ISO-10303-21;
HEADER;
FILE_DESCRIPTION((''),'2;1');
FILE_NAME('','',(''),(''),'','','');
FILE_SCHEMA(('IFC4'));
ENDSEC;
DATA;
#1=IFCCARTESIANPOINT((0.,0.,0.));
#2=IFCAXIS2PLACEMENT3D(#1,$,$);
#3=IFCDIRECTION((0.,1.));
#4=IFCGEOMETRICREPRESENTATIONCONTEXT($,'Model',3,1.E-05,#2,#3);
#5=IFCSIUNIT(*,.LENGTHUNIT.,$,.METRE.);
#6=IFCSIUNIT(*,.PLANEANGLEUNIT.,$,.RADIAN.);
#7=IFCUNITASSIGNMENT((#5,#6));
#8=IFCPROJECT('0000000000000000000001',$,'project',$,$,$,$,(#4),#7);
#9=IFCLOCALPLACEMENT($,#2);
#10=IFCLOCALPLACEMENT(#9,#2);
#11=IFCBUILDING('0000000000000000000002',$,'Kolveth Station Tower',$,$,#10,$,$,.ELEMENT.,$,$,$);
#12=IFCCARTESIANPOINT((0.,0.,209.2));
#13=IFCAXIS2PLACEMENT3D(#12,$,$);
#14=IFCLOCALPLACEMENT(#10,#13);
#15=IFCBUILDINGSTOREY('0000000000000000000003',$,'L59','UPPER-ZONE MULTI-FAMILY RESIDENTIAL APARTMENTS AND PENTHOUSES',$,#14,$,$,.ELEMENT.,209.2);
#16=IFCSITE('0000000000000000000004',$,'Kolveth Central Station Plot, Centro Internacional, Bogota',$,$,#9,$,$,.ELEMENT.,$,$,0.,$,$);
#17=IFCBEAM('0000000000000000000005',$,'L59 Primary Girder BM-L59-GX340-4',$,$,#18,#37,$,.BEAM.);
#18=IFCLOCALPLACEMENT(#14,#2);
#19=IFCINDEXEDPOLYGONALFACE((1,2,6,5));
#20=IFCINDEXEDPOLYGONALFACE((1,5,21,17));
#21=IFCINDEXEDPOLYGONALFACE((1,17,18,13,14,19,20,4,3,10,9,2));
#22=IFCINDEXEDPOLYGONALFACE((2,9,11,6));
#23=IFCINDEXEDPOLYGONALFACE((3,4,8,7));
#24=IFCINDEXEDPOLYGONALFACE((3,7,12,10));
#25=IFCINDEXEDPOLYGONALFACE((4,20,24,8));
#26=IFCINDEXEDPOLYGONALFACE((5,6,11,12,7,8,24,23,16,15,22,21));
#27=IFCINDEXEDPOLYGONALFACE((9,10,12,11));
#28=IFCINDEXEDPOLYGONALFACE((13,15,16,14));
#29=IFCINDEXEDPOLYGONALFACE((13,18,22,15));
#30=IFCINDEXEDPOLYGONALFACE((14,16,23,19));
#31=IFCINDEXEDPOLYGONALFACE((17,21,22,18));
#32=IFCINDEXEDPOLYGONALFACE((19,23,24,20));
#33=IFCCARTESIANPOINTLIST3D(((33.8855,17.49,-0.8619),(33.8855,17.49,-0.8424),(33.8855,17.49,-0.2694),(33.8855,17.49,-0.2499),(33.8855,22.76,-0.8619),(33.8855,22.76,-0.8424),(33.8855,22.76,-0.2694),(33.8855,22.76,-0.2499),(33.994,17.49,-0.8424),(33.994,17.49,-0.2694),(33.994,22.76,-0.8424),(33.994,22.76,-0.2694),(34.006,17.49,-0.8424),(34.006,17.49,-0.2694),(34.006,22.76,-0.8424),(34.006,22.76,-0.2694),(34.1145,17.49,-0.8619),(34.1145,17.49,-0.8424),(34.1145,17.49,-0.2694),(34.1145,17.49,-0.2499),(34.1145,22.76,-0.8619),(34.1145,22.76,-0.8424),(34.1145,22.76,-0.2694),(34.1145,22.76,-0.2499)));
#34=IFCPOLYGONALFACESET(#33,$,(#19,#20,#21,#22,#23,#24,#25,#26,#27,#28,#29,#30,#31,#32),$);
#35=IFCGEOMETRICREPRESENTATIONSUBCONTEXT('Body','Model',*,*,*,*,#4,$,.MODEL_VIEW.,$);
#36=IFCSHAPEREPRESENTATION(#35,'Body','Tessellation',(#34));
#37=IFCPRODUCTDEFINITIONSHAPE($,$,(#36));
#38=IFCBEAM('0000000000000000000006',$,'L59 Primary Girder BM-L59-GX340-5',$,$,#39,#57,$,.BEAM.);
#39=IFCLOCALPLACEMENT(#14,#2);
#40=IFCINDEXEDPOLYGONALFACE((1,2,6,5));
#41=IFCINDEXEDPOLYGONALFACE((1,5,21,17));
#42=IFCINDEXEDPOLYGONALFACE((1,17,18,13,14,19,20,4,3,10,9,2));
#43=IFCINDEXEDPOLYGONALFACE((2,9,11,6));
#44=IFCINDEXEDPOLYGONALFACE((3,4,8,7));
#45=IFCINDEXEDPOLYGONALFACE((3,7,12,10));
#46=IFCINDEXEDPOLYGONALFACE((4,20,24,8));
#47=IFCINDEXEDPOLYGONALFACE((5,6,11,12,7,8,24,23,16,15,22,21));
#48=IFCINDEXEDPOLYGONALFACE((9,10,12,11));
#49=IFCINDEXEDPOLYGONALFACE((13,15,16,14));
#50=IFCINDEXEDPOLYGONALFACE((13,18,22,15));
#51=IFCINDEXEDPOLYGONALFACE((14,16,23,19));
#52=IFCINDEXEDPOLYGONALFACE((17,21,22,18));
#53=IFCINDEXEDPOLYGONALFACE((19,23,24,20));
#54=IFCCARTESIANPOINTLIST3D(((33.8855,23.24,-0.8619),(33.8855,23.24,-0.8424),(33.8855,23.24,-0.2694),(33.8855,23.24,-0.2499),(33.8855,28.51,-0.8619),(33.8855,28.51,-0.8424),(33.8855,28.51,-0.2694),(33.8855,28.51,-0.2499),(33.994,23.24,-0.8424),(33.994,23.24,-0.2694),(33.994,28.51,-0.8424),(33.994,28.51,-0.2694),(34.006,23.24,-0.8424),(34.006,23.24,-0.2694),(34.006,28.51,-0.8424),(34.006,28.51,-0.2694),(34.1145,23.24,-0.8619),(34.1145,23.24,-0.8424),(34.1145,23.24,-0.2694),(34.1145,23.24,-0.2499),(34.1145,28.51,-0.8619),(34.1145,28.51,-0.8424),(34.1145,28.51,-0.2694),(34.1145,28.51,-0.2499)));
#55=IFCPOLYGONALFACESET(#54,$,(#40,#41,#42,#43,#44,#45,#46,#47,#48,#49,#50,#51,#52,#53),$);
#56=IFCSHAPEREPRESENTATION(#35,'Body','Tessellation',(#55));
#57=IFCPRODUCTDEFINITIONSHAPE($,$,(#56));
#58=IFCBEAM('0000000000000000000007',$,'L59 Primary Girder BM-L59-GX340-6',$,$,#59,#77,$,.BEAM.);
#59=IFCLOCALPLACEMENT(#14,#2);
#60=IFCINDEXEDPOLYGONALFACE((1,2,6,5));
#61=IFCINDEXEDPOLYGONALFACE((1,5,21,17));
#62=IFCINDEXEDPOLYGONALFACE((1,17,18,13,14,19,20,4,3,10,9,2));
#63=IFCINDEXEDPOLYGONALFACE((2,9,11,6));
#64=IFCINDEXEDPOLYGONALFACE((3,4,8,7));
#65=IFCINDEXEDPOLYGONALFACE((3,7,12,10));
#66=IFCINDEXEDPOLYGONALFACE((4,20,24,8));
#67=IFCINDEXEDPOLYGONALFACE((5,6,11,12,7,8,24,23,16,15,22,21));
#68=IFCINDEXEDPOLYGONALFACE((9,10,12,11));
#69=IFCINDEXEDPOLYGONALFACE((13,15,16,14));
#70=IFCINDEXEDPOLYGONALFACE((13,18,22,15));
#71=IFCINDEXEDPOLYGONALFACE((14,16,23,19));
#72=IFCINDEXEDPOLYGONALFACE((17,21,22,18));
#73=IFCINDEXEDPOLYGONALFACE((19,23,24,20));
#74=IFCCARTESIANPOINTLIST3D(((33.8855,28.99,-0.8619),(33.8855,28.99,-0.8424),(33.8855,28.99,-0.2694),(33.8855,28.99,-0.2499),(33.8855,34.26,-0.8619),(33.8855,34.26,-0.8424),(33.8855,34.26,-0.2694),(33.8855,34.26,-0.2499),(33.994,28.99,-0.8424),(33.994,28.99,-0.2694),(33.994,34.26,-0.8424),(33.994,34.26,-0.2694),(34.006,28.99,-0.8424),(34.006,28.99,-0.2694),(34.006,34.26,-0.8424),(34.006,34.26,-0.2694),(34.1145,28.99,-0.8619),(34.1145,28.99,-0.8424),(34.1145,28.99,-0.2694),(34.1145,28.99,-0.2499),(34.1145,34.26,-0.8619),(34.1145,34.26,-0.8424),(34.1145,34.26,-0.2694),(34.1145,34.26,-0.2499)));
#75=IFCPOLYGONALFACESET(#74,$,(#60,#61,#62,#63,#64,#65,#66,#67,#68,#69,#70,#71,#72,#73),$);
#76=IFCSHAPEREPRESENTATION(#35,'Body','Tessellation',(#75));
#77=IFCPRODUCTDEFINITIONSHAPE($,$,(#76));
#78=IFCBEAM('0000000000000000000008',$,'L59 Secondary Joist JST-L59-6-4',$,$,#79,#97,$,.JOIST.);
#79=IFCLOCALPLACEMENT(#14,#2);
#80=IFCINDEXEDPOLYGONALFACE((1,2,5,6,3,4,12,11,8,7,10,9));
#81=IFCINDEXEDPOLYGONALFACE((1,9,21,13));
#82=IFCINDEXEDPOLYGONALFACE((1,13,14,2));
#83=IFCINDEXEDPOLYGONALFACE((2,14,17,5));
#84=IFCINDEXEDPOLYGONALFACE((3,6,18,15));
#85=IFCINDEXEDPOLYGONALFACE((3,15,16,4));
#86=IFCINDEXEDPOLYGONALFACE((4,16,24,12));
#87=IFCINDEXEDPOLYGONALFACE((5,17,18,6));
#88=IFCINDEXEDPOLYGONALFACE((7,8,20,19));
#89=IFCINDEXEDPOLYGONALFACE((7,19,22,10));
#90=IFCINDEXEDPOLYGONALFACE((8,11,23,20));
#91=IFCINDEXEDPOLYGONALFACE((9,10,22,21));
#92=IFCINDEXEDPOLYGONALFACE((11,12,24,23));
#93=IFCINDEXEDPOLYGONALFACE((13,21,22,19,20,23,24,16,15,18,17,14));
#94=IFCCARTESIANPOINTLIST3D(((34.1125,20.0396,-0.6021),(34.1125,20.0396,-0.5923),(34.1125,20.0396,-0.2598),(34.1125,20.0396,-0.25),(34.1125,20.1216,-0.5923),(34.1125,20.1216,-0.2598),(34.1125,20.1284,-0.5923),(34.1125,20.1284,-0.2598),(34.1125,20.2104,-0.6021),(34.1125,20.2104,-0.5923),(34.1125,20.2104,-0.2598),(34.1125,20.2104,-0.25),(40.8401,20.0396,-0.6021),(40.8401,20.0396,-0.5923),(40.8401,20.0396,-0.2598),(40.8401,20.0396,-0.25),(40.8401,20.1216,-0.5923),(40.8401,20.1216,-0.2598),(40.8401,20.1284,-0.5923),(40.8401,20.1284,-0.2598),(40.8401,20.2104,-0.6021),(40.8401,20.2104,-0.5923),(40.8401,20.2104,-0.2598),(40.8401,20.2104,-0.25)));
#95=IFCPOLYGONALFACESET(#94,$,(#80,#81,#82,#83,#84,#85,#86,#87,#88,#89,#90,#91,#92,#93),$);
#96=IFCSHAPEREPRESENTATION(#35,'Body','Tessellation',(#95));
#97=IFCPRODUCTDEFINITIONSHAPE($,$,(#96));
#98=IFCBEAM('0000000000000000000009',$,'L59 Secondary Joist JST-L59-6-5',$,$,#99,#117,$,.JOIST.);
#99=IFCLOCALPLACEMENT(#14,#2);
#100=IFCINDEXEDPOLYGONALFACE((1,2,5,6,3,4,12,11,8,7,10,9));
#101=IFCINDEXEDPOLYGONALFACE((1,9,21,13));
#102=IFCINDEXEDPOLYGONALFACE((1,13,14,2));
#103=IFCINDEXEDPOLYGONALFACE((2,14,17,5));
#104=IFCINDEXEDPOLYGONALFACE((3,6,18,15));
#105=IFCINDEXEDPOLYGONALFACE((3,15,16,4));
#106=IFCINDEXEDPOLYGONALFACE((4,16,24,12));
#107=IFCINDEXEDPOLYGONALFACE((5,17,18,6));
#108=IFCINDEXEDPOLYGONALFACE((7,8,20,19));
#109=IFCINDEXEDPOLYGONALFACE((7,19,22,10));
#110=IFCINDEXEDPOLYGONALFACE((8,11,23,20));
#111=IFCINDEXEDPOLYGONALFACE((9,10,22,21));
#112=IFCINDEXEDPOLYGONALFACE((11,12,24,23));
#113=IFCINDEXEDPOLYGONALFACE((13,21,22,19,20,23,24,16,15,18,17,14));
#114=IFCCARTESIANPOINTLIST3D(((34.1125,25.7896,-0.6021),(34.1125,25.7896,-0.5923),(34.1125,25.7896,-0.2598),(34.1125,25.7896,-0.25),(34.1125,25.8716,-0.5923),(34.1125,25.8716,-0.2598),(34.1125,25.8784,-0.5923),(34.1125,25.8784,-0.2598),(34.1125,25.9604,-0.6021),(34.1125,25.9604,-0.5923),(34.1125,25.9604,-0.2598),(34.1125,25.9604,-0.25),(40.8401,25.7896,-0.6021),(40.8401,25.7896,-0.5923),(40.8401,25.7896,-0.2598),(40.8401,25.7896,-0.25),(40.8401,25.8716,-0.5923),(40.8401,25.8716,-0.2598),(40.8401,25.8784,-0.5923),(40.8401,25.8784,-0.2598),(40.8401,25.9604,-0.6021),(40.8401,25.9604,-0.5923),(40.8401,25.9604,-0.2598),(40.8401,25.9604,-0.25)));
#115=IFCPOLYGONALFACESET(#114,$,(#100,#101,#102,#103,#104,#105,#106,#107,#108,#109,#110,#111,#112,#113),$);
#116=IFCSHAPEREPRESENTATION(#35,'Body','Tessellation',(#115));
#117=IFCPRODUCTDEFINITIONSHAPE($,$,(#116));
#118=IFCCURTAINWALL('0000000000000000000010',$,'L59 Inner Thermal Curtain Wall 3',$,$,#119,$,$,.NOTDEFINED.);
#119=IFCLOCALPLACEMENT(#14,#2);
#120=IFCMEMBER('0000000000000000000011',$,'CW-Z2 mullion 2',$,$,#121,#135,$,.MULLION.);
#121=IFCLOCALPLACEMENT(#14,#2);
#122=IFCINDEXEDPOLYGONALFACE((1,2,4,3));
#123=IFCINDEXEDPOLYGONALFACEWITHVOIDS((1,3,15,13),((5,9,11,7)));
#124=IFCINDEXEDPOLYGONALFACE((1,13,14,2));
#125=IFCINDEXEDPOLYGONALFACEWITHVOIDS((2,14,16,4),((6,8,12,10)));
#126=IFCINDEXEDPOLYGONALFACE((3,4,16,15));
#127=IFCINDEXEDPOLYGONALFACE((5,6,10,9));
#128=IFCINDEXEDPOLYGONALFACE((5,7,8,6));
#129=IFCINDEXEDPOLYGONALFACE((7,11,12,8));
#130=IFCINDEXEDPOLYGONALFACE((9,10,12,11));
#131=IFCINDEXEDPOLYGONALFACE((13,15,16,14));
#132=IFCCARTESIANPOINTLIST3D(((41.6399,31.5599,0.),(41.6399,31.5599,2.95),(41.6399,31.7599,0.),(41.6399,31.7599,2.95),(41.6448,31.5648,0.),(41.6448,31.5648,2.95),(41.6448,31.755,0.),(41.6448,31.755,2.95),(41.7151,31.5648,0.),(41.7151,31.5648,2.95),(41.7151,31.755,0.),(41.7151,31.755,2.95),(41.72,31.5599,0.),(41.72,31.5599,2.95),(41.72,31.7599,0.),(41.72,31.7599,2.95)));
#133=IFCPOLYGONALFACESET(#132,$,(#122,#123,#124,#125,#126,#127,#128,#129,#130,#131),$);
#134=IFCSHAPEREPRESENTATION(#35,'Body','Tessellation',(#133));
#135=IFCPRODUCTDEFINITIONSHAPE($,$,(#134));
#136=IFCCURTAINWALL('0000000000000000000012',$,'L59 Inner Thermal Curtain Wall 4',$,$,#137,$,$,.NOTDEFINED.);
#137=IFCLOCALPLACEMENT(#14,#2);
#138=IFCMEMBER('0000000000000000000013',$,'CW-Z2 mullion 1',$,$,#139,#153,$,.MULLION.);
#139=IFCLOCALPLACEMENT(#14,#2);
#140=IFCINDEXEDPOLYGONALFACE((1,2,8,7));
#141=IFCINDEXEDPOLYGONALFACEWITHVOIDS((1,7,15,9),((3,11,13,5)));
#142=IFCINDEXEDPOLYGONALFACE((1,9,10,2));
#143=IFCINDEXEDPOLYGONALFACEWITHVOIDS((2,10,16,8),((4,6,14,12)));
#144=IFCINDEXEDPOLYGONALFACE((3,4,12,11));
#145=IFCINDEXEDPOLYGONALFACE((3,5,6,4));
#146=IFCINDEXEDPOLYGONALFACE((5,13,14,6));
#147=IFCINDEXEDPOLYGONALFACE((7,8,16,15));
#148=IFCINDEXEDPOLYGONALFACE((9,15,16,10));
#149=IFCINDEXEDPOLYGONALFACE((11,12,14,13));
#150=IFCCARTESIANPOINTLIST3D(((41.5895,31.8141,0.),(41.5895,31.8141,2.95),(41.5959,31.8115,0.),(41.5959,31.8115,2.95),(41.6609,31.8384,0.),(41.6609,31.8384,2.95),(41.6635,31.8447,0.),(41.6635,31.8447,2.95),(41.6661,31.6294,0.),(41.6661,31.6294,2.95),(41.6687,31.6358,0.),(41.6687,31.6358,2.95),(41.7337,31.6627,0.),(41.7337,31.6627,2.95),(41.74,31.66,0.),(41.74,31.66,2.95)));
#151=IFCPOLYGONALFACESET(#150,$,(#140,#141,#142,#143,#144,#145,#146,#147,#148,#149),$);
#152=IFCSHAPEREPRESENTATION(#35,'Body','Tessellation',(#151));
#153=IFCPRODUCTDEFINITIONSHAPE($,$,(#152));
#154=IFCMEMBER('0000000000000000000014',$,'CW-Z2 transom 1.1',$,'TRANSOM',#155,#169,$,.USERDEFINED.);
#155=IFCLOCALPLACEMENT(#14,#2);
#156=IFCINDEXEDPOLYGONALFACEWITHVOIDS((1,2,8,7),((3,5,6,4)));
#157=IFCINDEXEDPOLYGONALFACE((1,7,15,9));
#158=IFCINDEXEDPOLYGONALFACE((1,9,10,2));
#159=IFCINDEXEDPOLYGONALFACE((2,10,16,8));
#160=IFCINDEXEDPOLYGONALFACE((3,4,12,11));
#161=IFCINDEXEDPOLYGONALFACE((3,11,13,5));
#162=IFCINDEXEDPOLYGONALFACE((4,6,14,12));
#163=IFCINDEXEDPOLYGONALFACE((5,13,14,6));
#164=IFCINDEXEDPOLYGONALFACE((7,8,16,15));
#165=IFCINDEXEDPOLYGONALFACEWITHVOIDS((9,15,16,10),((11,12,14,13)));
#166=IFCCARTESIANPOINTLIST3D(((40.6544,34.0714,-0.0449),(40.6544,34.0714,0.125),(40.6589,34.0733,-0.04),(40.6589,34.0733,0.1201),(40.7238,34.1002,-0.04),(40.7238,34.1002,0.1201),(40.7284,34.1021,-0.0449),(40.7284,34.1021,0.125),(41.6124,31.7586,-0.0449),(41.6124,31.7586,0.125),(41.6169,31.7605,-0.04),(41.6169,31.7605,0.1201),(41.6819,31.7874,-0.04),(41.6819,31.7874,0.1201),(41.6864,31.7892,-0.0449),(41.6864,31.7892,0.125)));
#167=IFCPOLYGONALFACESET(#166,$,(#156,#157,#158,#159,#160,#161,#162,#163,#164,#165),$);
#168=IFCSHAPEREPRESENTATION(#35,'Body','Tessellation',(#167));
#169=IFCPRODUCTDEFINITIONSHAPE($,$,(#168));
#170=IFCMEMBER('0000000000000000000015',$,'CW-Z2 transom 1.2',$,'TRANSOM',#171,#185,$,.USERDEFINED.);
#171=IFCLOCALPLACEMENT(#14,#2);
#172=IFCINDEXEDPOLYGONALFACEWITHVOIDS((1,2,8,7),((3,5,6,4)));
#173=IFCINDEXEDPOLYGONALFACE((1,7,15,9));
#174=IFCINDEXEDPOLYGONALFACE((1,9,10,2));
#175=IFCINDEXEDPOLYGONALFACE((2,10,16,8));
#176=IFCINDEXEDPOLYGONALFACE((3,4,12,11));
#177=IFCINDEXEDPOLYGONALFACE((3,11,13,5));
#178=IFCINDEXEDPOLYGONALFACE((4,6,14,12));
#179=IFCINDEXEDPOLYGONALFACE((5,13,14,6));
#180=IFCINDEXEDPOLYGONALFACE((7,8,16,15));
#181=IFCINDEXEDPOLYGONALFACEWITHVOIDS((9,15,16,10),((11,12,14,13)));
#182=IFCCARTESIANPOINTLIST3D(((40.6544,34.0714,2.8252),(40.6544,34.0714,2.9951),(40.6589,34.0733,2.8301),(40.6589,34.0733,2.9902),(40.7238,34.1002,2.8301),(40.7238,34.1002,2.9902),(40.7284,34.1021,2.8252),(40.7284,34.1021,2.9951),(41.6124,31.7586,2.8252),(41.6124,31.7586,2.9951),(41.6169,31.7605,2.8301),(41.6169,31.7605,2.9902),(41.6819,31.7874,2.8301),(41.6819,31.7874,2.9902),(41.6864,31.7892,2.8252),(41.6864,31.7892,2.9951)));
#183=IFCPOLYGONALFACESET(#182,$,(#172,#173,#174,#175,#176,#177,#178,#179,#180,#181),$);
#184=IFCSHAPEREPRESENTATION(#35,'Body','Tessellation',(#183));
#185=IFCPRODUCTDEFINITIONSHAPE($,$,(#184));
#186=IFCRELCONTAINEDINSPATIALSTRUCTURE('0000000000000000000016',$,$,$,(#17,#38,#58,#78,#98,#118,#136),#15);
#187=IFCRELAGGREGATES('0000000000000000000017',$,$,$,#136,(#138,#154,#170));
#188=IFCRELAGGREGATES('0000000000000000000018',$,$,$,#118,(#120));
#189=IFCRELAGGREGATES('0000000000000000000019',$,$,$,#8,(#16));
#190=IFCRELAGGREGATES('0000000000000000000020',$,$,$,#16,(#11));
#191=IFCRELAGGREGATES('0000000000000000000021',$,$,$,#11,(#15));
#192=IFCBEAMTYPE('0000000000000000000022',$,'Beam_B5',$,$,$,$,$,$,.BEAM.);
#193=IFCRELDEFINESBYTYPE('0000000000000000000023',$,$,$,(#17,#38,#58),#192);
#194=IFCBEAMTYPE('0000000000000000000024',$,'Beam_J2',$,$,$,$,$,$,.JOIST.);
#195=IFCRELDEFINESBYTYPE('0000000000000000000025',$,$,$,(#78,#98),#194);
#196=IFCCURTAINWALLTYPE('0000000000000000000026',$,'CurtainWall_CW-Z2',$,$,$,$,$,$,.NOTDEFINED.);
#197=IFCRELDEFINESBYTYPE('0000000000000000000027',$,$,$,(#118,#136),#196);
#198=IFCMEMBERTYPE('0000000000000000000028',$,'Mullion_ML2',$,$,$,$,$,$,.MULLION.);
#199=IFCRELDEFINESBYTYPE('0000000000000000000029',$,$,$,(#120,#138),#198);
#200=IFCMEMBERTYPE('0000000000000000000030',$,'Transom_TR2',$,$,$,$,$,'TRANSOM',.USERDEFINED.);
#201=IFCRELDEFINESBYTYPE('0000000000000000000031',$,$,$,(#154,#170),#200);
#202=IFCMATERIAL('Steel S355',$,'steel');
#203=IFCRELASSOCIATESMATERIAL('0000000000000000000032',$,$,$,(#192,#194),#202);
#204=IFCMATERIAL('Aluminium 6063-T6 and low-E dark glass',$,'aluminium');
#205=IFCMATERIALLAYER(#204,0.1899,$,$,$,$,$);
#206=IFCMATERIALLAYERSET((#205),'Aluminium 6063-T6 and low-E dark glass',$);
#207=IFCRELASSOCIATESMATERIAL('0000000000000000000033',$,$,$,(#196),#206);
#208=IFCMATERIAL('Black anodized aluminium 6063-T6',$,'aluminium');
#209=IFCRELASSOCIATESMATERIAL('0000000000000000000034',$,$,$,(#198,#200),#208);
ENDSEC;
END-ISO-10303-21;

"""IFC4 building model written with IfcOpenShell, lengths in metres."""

from ifc_helpers import new_model, si_unit, direction, frame, origin, origin_2d, place, context, subcontext, project, spatial, hollow_rectangle, i_section, extrude, source, transform, mapped, material, layer, layer_set, material_profile, profile_set, type_object, element, aggregate, save


model = new_model("IFC4")

# Units and contexts
model_context = context("Model", 3, precision=1e-05, world=origin(), true_north=direction((0.0, 1.0)))
body_context = subcontext(model_context, "Body", "Model", "MODEL_VIEW")
ifc_project = project(units=[si_unit("LENGTHUNIT", "METRE"), si_unit("PLANEANGLEUNIT", "RADIAN")], contexts=[model_context])

# Site, building, storey
site_placement = place(None, origin())
site = spatial("IfcSite", under=ifc_project, at=site_placement, Name="Kolveth Central Station Plot, Centro Internacional, Bogota", CompositionType="ELEMENT", RefElevation=0.0)
building_placement = place(site_placement, origin())
building = spatial("IfcBuilding", under=site, at=building_placement, Name="Kolveth Station Tower", CompositionType="ELEMENT")
storey_placement = place(building_placement, frame((0.0, 0.0, 209.2)))
storey = spatial("IfcBuildingStorey", under=building, at=storey_placement, Name="L59", Description="UPPER-ZONE MULTI-FAMILY RESIDENTIAL APARTMENTS AND PENTHOUSES", CompositionType="ELEMENT", Elevation=209.2)

# Shared definitions
ifc_material_1 = material(Name="Steel S355", Category="steel")

# Beams
ifc_material_profile_1 = material_profile(ifc_material_1, i_section(OverallWidth=0.229, OverallDepth=0.6121, WebThickness=0.012, FlangeThickness=0.0195, at=origin_2d()), Name="W610x125")
ifc_profile_set_1 = profile_set([ifc_material_profile_1], Name="Steel S355")
beam_type_1 = type_object("IfcBeamType", Name="Beam_B5", PredefinedType="BEAM", material=ifc_profile_set_1)
shared_shape_1 = source(origin(), body_context, "Body", "SweptSolid", [
    extrude(i_section(OverallWidth=0.229, OverallDepth=0.6121, WebThickness=0.012, FlangeThickness=0.0195, at=origin_2d()), origin(), (0.0, 0.0, 1.0), 5.27),
])
for number, where, z_axis, x_axis, name in (
    (1, (34.0, 17.49, -0.5559), (0.0, 1.0, 0.0), (-1.0, 0.0, 0.0), "L59 Primary Girder BM-L59-GX340-4"),
    (2, (34.0, 23.24, -0.5559), (0.0, 1.0, 0.0), (-1.0, 0.0, 0.0), "L59 Primary Girder BM-L59-GX340-5"),
    (3, (34.0, 28.99, -0.5559), (0.0, 1.0, 0.0), (-1.0, 0.0, 0.0), "L59 Primary Girder BM-L59-GX340-6"),
):
    element("IfcBeam", number, at=place(storey_placement, frame(where, z_axis=z_axis, x_axis=x_axis)), inside=storey, type_object=beam_type_1, Name=name, PredefinedType="BEAM", context=body_context, shape_type="MappedRepresentation", body=[
        mapped(shared_shape_1, transform((0.0, 0.0, 0.0), x_axis=(1.0, 0.0, 0.0), y_axis=(0.0, 1.0, 0.0), z_axis=(0.0, 0.0, 1.0), scale=1.0)),
    ])
ifc_material_profile_2 = material_profile(ifc_material_1, i_section(OverallWidth=0.1709, OverallDepth=0.3521, WebThickness=0.0068, FlangeThickness=0.0098, at=origin_2d()), Name="W360x44")
ifc_profile_set_2 = profile_set([ifc_material_profile_2], Name="Steel S355")
beam_type_2 = type_object("IfcBeamType", Name="Beam_J2", PredefinedType="JOIST", material=ifc_profile_set_2)
shared_shape_2 = source(origin(), body_context, "Body", "SweptSolid", [
    extrude(i_section(OverallWidth=0.1709, OverallDepth=0.3521, WebThickness=0.0068, FlangeThickness=0.0098, at=origin_2d()), origin(), (0.0, 0.0, 1.0), 6.7275),
])
for number, where, z_axis, x_axis, name in (
    (4, (34.1125, 20.125, -0.426), (1.0, 0.0, 0.0), (0.0, 1.0, 0.0), "L59 Secondary Joist JST-L59-6-4"),
    (5, (34.1125, 25.875, -0.426), (1.0, 0.0, 0.0), (0.0, 1.0, 0.0), "L59 Secondary Joist JST-L59-6-5"),
):
    element("IfcBeam", number, at=place(storey_placement, frame(where, z_axis=z_axis, x_axis=x_axis)), inside=storey, type_object=beam_type_2, Name=name, PredefinedType="JOIST", context=body_context, shape_type="MappedRepresentation", body=[
        mapped(shared_shape_2, transform((0.0, 0.0, 0.0), x_axis=(1.0, 0.0, 0.0), y_axis=(0.0, 1.0, 0.0), z_axis=(0.0, 0.0, 1.0), scale=1.0)),
    ])

# Curtain wall, member
ifc_material_2 = material(Name="Aluminium 6063-T6 and low-E dark glass", Category="aluminium")
ifc_layer_1 = layer(ifc_material_2, 0.1899)
ifc_layer_set_1 = layer_set([ifc_layer_1], Name="Aluminium 6063-T6 and low-E dark glass")
curtain_wall_type = type_object("IfcCurtainWallType", Name="CurtainWall_CW-Z2", PredefinedType="NOTDEFINED", material=ifc_layer_set_1)
curtain_wall_1_placement = place(storey_placement, origin())
curtain_wall_1 = element("IfcCurtainWall", 6, at=curtain_wall_1_placement, inside=storey, type_object=curtain_wall_type, Name="L59 Inner Thermal Curtain Wall 3", PredefinedType="NOTDEFINED")
ifc_material_3 = material(Name="Black anodized aluminium 6063-T6", Category="aluminium")
ifc_material_profile_3 = material_profile(ifc_material_3, hollow_rectangle(XDim=0.0801, YDim=0.2, WallThickness=0.0049, at=origin_2d()), Name="ALU-80x200x5")
ifc_profile_set_3 = profile_set([ifc_material_profile_3], Name="Black anodized aluminium 6063-T6")
member_type_1 = type_object("IfcMemberType", Name="Mullion_ML2", PredefinedType="MULLION", material=ifc_profile_set_3)
shared_shape_3 = source(origin(), body_context, "Body", "SweptSolid", [
    extrude(hollow_rectangle(XDim=0.0801, YDim=0.2, WallThickness=0.0049, at=origin_2d()), origin(), (0.0, 0.0, 1.0), 2.95),
])
member_1_placement = place(storey_placement, frame((41.6799, 31.6599, 0.0), z_axis=(0.0, 0.0, 1.0), x_axis=(-1.0, 0.0, 0.0)))
member_1 = element("IfcMember", 7, at=member_1_placement, type_object=member_type_1, Name="CW-Z2 mullion 2", PredefinedType="MULLION", context=body_context, shape_type="MappedRepresentation", body=[
    mapped(shared_shape_3, transform((0.0, 0.0, 0.0), x_axis=(1.0, 0.0, 0.0), y_axis=(0.0, 1.0, 0.0), z_axis=(0.0, 0.0, 1.0), scale=1.0)),
])

# Curtain wall, members
curtain_wall_2_placement = place(storey_placement, origin())
curtain_wall_2 = element("IfcCurtainWall", 8, at=curtain_wall_2_placement, inside=storey, type_object=curtain_wall_type, Name="L59 Inner Thermal Curtain Wall 4", PredefinedType="NOTDEFINED")
member_2_placement = place(storey_placement, frame((41.6648, 31.7371, 0.0), z_axis=(0.0, 0.0, 1.0), x_axis=(-0.923874, -0.382698, 0.0)))
member_2 = element("IfcMember", 9, at=member_2_placement, type_object=member_type_1, Name="CW-Z2 mullion 1", PredefinedType="MULLION", context=body_context, shape_type="MappedRepresentation", body=[
    mapped(shared_shape_3, transform((0.0, 0.0, 0.0), x_axis=(1.0, 0.0, 0.0), y_axis=(0.0, 1.0, 0.0), z_axis=(0.0, 0.0, 1.0), scale=1.0)),
])
ifc_material_profile_4 = material_profile(ifc_material_3, hollow_rectangle(XDim=0.0801, YDim=0.1699, WallThickness=0.0049, at=origin_2d()), Name="ALU-80x170x5")
ifc_profile_set_4 = profile_set([ifc_material_profile_4], Name="Black anodized aluminium 6063-T6")
member_type_2 = type_object("IfcMemberType", Name="Transom_TR2", ElementType="TRANSOM", PredefinedType="USERDEFINED", material=ifc_profile_set_4)
shared_shape_4 = source(origin(), body_context, "Body", "SweptSolid", [
    extrude(hollow_rectangle(XDim=0.0801, YDim=0.1699, WallThickness=0.0049, at=origin_2d()), origin(), (0.0, 0.0, 1.0), 2.5034),
])
member_3_placement = place(storey_placement, frame((41.6494, 31.7739, 0.04), z_axis=(-0.382696, 0.923874, 0.0), x_axis=(-0.923874, -0.382696, 0.0)))
member_3 = element("IfcMember", 10, at=member_3_placement, type_object=member_type_2, Name="CW-Z2 transom 1.1", ObjectType="TRANSOM", PredefinedType="USERDEFINED", context=body_context, shape_type="MappedRepresentation", body=[
    mapped(shared_shape_4, transform((0.0, 0.0, 0.0), x_axis=(1.0, 0.0, 0.0), y_axis=(0.0, 1.0, 0.0), z_axis=(0.0, 0.0, 1.0), scale=1.0)),
])
member_4_placement = place(storey_placement, frame((41.6494, 31.7739, 2.9102), z_axis=(-0.382696, 0.923874, 0.0), x_axis=(-0.923874, -0.382696, 0.0)))
member_4 = element("IfcMember", 11, at=member_4_placement, type_object=member_type_2, Name="CW-Z2 transom 1.2", ObjectType="TRANSOM", PredefinedType="USERDEFINED", context=body_context, shape_type="MappedRepresentation", body=[
    mapped(shared_shape_4, transform((0.0, 0.0, 0.0), x_axis=(1.0, 0.0, 0.0), y_axis=(0.0, 1.0, 0.0), z_axis=(0.0, 0.0, 1.0), scale=1.0)),
])
aggregate(curtain_wall_2, [member_2, member_3, member_4])

aggregate(curtain_wall_1, [member_1])

save(model, "model.ifc")
